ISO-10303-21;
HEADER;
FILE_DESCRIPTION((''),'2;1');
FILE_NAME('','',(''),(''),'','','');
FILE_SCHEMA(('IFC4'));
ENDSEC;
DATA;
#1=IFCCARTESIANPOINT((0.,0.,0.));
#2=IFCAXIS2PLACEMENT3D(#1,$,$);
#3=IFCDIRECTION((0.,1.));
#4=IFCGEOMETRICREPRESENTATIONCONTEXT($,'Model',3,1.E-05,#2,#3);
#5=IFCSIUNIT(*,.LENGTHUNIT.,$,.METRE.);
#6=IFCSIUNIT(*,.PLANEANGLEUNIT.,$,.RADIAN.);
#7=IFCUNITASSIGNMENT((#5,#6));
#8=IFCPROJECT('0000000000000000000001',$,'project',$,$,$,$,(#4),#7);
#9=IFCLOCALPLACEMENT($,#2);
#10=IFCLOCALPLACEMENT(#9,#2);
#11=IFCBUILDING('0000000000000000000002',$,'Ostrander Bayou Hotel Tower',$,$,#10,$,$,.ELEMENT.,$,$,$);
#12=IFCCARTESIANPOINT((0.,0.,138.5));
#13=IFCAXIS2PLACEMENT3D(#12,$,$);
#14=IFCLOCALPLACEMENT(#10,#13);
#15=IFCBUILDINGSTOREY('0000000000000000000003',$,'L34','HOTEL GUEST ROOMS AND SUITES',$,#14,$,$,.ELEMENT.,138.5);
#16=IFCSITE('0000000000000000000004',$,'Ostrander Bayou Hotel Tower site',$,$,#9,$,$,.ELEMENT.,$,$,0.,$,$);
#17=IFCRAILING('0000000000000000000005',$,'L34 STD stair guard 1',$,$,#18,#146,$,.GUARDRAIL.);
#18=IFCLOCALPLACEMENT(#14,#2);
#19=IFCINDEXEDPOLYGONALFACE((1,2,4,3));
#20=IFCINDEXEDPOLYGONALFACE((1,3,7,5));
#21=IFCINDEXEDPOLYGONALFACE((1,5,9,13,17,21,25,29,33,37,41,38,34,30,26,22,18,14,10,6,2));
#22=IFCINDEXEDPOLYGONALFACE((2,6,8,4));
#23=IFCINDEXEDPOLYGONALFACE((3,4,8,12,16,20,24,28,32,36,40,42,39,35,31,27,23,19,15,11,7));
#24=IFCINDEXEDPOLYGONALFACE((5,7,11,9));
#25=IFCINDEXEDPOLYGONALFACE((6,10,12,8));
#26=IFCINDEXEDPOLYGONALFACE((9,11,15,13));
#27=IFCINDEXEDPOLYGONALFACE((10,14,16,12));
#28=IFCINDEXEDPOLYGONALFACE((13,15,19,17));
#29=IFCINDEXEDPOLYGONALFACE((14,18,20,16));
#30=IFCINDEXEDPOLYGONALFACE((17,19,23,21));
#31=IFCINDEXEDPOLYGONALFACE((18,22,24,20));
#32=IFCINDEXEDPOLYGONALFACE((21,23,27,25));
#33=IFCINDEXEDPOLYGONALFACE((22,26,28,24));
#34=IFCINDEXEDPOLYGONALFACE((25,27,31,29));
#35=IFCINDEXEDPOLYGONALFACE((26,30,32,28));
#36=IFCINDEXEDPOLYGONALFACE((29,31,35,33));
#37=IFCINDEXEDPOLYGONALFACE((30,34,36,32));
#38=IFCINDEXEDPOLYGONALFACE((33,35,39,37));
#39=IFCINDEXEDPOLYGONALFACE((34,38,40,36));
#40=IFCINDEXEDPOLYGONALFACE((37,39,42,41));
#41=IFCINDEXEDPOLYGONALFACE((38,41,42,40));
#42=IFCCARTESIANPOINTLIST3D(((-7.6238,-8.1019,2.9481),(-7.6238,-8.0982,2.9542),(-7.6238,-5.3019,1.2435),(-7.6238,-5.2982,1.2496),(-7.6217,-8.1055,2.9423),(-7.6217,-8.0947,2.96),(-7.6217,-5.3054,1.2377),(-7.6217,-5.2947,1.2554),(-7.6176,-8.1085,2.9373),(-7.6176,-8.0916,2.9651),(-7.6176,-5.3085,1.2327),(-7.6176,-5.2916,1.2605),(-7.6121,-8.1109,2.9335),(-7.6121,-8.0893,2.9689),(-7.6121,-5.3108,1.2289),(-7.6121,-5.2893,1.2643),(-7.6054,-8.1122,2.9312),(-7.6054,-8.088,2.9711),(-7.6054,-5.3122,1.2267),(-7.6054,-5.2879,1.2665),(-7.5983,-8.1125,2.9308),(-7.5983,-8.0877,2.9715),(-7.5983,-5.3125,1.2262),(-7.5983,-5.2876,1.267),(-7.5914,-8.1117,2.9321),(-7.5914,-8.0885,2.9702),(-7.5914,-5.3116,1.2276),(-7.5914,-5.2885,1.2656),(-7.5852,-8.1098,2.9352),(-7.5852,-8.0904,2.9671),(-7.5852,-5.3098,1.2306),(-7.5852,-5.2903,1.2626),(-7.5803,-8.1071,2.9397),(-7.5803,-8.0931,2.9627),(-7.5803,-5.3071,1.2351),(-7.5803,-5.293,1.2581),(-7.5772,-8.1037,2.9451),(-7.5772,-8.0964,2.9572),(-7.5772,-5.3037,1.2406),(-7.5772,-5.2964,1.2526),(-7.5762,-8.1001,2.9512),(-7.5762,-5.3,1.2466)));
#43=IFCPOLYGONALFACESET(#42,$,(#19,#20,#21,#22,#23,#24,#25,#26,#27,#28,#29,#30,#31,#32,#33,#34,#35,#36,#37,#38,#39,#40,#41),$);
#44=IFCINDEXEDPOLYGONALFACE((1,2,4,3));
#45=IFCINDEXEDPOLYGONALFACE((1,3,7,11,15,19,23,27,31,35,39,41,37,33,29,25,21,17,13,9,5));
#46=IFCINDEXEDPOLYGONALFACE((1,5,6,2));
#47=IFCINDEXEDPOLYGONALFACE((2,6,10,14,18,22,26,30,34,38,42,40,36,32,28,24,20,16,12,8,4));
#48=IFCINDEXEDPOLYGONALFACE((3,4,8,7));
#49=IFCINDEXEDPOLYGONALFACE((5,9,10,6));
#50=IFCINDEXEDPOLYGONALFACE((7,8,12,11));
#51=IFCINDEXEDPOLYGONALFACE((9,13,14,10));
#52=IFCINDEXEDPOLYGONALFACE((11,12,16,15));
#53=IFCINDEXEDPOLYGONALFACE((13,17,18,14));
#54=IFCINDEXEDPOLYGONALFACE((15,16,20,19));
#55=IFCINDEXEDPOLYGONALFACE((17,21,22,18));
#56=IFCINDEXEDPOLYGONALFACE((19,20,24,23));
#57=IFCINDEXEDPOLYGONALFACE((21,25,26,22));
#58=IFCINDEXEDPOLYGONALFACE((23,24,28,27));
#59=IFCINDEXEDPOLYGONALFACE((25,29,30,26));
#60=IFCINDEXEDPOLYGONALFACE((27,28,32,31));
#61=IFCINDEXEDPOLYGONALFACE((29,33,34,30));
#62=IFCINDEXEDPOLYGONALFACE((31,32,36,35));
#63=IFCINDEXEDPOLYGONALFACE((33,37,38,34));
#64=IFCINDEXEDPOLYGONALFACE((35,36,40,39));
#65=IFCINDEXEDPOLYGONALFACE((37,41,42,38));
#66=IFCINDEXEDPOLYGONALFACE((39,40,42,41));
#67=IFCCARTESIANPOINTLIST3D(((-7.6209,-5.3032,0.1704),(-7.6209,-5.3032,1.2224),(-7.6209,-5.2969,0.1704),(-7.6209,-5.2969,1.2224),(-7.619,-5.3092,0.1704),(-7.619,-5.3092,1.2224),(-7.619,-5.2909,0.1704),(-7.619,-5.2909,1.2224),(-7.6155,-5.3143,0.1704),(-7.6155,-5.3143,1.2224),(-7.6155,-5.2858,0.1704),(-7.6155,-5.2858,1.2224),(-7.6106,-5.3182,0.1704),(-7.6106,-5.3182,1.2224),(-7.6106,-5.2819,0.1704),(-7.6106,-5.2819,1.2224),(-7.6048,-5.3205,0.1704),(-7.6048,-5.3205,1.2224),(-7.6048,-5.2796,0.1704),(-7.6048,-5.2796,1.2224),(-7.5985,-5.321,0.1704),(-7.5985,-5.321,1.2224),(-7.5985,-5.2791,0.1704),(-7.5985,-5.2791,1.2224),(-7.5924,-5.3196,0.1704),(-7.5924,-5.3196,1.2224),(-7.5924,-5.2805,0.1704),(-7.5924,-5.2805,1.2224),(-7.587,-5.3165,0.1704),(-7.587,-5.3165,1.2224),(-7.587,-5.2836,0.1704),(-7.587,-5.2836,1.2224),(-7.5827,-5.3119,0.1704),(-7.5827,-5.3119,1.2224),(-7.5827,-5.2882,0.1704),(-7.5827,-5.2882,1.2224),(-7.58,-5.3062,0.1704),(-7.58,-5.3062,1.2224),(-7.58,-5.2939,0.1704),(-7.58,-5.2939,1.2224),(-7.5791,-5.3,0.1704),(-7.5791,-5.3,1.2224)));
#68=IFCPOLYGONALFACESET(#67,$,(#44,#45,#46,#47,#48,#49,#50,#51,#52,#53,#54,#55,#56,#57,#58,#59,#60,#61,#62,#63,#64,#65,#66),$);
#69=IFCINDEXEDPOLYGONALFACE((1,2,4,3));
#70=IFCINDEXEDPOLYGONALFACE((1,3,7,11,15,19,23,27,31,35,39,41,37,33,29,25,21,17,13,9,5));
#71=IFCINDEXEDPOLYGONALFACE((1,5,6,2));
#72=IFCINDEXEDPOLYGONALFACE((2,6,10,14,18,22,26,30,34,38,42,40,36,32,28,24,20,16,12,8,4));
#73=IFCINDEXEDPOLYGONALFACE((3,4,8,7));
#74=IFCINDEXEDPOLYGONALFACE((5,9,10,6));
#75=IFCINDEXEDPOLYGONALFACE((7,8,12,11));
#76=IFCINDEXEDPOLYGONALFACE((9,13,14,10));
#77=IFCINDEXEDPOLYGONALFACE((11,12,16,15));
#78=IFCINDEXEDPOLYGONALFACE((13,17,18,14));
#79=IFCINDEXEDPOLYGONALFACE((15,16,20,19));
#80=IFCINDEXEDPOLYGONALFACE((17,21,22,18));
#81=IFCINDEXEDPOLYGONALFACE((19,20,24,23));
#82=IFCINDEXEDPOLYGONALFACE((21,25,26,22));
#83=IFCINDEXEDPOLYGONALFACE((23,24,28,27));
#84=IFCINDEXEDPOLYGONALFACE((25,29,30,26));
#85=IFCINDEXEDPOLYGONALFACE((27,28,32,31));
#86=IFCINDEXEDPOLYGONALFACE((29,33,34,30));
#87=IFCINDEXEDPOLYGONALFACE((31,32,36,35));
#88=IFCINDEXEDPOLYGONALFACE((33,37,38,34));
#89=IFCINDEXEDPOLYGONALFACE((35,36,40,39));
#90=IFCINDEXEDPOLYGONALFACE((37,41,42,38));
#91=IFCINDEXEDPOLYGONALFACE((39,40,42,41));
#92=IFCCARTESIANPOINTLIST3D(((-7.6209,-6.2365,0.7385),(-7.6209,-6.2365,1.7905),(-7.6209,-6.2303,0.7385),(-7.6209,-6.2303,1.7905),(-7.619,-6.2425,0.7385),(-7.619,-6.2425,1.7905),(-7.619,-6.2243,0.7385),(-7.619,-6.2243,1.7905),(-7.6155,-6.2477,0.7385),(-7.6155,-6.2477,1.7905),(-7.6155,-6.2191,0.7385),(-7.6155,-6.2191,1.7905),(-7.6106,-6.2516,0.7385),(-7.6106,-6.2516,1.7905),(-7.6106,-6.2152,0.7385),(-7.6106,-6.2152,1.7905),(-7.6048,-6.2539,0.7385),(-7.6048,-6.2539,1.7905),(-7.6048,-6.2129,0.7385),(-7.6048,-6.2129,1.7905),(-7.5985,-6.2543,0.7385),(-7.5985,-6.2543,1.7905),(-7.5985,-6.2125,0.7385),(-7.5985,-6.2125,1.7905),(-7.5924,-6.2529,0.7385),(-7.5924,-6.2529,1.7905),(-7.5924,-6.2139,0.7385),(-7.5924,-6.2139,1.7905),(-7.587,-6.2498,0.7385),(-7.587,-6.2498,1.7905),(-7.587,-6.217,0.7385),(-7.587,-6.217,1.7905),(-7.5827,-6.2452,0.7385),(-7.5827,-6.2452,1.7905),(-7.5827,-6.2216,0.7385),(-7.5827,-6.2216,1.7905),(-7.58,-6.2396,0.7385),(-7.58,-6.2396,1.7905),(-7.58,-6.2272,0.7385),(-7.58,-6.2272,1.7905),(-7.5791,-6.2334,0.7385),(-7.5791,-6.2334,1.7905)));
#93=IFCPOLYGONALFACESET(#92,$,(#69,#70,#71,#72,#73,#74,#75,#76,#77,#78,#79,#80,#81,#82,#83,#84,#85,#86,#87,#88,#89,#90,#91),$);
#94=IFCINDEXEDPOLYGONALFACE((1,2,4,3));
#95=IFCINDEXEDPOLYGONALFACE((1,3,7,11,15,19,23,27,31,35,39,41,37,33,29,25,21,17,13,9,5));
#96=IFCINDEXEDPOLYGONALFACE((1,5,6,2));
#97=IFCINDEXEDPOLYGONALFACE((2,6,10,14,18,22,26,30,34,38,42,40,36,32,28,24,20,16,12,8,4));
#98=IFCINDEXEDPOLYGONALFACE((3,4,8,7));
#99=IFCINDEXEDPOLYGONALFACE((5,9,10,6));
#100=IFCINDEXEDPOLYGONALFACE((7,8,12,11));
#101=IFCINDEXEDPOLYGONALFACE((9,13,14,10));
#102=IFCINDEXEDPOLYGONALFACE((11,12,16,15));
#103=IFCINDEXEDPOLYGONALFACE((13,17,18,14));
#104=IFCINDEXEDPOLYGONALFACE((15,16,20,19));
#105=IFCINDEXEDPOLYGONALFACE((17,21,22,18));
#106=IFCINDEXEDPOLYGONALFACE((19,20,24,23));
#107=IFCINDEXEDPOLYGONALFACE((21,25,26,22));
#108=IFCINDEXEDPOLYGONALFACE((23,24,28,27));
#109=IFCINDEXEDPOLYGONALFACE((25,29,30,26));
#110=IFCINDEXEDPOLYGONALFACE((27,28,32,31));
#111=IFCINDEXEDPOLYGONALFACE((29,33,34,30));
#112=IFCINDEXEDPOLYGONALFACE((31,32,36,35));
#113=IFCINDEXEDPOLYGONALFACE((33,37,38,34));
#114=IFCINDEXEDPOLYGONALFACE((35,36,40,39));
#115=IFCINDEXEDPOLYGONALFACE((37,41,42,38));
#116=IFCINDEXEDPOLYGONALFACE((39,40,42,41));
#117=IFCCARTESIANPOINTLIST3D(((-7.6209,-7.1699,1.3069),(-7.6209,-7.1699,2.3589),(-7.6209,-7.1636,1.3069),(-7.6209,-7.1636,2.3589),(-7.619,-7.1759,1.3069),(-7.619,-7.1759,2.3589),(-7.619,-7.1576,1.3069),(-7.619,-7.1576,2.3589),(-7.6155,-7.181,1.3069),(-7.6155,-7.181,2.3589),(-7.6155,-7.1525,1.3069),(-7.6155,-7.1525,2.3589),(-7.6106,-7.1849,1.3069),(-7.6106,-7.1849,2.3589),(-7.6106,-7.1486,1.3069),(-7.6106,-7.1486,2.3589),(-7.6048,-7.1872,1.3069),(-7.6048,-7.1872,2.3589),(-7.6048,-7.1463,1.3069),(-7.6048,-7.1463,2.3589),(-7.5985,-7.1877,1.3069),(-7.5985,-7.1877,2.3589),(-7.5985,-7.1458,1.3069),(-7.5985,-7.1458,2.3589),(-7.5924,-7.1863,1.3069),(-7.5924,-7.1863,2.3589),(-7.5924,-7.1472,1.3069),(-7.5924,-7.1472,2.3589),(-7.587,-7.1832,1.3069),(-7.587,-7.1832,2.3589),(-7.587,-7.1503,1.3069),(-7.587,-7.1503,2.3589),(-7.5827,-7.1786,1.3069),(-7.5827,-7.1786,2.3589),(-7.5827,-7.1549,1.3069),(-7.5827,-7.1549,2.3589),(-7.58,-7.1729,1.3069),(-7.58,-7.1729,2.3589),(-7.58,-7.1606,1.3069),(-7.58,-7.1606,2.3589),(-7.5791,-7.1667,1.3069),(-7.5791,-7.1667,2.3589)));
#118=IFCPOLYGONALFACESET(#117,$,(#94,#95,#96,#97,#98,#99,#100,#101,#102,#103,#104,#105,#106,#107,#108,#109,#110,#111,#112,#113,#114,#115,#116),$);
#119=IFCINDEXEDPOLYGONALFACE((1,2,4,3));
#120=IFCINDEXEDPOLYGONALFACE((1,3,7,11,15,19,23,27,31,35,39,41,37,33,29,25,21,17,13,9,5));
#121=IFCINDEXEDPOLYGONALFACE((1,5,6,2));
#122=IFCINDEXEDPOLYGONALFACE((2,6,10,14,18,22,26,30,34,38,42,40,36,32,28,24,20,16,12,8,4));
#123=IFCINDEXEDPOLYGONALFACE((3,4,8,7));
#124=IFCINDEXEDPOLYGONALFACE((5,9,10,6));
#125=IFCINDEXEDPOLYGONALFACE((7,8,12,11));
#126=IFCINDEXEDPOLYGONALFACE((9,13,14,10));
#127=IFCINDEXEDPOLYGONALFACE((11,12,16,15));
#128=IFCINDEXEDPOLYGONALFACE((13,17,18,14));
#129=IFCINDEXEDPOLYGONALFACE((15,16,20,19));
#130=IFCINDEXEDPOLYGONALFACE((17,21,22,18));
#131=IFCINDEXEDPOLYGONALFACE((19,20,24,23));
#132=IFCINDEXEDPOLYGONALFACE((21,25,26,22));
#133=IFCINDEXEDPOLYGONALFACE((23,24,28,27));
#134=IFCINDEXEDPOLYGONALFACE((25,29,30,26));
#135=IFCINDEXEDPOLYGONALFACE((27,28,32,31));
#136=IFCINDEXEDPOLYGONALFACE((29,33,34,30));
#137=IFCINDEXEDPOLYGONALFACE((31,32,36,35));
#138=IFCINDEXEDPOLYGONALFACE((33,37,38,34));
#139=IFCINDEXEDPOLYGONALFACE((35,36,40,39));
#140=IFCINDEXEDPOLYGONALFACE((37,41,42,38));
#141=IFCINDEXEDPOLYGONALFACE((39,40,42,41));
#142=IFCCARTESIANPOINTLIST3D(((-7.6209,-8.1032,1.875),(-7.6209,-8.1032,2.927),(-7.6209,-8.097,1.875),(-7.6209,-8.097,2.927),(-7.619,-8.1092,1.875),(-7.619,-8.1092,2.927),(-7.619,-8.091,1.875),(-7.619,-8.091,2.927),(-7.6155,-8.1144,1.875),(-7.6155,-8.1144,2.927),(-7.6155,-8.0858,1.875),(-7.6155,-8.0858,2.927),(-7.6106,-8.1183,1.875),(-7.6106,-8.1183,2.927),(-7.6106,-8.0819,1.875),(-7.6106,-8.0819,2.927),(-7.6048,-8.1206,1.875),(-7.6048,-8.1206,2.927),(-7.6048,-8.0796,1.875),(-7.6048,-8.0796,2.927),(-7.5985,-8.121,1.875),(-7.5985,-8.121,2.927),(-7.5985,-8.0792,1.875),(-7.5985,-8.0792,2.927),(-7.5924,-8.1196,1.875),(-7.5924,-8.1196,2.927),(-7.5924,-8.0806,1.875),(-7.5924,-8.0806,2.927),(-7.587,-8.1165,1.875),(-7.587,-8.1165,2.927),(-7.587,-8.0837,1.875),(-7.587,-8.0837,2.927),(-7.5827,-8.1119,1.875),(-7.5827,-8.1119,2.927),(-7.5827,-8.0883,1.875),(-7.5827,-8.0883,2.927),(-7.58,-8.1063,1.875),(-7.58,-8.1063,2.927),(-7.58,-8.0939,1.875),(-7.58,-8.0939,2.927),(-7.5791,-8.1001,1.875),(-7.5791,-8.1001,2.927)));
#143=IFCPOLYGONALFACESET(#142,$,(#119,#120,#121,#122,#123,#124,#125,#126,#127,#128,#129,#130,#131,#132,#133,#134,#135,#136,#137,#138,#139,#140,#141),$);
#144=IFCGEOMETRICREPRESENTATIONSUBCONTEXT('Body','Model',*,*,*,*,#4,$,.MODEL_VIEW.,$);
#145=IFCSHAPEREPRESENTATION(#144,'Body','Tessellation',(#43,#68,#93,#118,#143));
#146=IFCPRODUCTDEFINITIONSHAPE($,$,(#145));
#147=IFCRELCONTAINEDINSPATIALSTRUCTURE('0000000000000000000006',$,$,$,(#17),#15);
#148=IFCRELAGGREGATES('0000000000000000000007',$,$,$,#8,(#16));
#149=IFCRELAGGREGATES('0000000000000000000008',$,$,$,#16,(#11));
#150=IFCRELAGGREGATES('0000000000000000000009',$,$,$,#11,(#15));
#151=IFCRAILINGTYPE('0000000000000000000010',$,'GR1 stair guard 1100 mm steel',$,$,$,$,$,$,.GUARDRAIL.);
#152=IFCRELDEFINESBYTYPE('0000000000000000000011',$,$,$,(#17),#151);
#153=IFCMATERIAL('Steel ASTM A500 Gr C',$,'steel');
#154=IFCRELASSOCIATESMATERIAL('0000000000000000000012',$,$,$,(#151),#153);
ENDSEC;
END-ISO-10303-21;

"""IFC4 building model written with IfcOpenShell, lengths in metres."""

from ifc_helpers import new_model, si_unit, direction, frame, origin, origin_2d, place, context, subcontext, project, spatial, circle, extrude, material, type_object, element, save


model = new_model("IFC4")

# Units and contexts
model_context = context("Model", 3, precision=1e-05, world=origin(), true_north=direction((0.0, 1.0)))
body_context = subcontext(model_context, "Body", "Model", "MODEL_VIEW")
ifc_project = project(units=[si_unit("LENGTHUNIT", "METRE"), si_unit("PLANEANGLEUNIT", "RADIAN")], contexts=[model_context])

# Site, building, storey
site_placement = place(None, origin())
site = spatial("IfcSite", under=ifc_project, at=site_placement, Name="Ostrander Bayou Hotel Tower site", CompositionType="ELEMENT", RefElevation=0.0)
building_placement = place(site_placement, origin())
building = spatial("IfcBuilding", under=site, at=building_placement, Name="Ostrander Bayou Hotel Tower", CompositionType="ELEMENT")
storey_placement = place(building_placement, frame((0.0, 0.0, 138.5)))
storey = spatial("IfcBuildingStorey", under=building, at=storey_placement, Name="L34", Description="HOTEL GUEST ROOMS AND SUITES", CompositionType="ELEMENT", Elevation=138.5)

# Railing
ifc_material_1 = material(Name="Steel ASTM A500 Gr C", Category="steel")
railing_type_1 = type_object("IfcRailingType", Name="GR1 stair guard 1100 mm steel", PredefinedType="GUARDRAIL", material=ifc_material_1)
railing_1_placement = place(storey_placement, frame((-7.6001, -5.3, 0.1704)))
element("IfcRailing", 1, at=railing_1_placement, inside=storey, type_object=railing_type_1, Name="L34 STD stair guard 1", PredefinedType="GUARDRAIL", context=body_context, shape_type="SweptSolid", body=[
    extrude(circle(Radius=0.0239, at=origin_2d()), frame((0.0, 0.0, 1.0762), z_axis=(0.0, -0.85417, 0.519994), x_axis=(1.0, 0.0, 0.0)), (0.0, 0.0, 1.0), 3.2781),
    extrude(circle(Radius=0.021, at=origin_2d()), origin(), (0.0, 0.0, 1.0), 1.052),
    extrude(circle(Radius=0.021, at=origin_2d()), frame((0.0, -0.9333, 0.5681)), (0.0, 0.0, 1.0), 1.052),
    extrude(circle(Radius=0.021, at=origin_2d()), frame((0.0, -1.8667, 1.1365)), (0.0, 0.0, 1.0), 1.052),
    extrude(circle(Radius=0.021, at=origin_2d()), frame((0.0, -2.8, 1.7046)), (0.0, 0.0, 1.0), 1.052),
])

save(model, "model.ifc")
